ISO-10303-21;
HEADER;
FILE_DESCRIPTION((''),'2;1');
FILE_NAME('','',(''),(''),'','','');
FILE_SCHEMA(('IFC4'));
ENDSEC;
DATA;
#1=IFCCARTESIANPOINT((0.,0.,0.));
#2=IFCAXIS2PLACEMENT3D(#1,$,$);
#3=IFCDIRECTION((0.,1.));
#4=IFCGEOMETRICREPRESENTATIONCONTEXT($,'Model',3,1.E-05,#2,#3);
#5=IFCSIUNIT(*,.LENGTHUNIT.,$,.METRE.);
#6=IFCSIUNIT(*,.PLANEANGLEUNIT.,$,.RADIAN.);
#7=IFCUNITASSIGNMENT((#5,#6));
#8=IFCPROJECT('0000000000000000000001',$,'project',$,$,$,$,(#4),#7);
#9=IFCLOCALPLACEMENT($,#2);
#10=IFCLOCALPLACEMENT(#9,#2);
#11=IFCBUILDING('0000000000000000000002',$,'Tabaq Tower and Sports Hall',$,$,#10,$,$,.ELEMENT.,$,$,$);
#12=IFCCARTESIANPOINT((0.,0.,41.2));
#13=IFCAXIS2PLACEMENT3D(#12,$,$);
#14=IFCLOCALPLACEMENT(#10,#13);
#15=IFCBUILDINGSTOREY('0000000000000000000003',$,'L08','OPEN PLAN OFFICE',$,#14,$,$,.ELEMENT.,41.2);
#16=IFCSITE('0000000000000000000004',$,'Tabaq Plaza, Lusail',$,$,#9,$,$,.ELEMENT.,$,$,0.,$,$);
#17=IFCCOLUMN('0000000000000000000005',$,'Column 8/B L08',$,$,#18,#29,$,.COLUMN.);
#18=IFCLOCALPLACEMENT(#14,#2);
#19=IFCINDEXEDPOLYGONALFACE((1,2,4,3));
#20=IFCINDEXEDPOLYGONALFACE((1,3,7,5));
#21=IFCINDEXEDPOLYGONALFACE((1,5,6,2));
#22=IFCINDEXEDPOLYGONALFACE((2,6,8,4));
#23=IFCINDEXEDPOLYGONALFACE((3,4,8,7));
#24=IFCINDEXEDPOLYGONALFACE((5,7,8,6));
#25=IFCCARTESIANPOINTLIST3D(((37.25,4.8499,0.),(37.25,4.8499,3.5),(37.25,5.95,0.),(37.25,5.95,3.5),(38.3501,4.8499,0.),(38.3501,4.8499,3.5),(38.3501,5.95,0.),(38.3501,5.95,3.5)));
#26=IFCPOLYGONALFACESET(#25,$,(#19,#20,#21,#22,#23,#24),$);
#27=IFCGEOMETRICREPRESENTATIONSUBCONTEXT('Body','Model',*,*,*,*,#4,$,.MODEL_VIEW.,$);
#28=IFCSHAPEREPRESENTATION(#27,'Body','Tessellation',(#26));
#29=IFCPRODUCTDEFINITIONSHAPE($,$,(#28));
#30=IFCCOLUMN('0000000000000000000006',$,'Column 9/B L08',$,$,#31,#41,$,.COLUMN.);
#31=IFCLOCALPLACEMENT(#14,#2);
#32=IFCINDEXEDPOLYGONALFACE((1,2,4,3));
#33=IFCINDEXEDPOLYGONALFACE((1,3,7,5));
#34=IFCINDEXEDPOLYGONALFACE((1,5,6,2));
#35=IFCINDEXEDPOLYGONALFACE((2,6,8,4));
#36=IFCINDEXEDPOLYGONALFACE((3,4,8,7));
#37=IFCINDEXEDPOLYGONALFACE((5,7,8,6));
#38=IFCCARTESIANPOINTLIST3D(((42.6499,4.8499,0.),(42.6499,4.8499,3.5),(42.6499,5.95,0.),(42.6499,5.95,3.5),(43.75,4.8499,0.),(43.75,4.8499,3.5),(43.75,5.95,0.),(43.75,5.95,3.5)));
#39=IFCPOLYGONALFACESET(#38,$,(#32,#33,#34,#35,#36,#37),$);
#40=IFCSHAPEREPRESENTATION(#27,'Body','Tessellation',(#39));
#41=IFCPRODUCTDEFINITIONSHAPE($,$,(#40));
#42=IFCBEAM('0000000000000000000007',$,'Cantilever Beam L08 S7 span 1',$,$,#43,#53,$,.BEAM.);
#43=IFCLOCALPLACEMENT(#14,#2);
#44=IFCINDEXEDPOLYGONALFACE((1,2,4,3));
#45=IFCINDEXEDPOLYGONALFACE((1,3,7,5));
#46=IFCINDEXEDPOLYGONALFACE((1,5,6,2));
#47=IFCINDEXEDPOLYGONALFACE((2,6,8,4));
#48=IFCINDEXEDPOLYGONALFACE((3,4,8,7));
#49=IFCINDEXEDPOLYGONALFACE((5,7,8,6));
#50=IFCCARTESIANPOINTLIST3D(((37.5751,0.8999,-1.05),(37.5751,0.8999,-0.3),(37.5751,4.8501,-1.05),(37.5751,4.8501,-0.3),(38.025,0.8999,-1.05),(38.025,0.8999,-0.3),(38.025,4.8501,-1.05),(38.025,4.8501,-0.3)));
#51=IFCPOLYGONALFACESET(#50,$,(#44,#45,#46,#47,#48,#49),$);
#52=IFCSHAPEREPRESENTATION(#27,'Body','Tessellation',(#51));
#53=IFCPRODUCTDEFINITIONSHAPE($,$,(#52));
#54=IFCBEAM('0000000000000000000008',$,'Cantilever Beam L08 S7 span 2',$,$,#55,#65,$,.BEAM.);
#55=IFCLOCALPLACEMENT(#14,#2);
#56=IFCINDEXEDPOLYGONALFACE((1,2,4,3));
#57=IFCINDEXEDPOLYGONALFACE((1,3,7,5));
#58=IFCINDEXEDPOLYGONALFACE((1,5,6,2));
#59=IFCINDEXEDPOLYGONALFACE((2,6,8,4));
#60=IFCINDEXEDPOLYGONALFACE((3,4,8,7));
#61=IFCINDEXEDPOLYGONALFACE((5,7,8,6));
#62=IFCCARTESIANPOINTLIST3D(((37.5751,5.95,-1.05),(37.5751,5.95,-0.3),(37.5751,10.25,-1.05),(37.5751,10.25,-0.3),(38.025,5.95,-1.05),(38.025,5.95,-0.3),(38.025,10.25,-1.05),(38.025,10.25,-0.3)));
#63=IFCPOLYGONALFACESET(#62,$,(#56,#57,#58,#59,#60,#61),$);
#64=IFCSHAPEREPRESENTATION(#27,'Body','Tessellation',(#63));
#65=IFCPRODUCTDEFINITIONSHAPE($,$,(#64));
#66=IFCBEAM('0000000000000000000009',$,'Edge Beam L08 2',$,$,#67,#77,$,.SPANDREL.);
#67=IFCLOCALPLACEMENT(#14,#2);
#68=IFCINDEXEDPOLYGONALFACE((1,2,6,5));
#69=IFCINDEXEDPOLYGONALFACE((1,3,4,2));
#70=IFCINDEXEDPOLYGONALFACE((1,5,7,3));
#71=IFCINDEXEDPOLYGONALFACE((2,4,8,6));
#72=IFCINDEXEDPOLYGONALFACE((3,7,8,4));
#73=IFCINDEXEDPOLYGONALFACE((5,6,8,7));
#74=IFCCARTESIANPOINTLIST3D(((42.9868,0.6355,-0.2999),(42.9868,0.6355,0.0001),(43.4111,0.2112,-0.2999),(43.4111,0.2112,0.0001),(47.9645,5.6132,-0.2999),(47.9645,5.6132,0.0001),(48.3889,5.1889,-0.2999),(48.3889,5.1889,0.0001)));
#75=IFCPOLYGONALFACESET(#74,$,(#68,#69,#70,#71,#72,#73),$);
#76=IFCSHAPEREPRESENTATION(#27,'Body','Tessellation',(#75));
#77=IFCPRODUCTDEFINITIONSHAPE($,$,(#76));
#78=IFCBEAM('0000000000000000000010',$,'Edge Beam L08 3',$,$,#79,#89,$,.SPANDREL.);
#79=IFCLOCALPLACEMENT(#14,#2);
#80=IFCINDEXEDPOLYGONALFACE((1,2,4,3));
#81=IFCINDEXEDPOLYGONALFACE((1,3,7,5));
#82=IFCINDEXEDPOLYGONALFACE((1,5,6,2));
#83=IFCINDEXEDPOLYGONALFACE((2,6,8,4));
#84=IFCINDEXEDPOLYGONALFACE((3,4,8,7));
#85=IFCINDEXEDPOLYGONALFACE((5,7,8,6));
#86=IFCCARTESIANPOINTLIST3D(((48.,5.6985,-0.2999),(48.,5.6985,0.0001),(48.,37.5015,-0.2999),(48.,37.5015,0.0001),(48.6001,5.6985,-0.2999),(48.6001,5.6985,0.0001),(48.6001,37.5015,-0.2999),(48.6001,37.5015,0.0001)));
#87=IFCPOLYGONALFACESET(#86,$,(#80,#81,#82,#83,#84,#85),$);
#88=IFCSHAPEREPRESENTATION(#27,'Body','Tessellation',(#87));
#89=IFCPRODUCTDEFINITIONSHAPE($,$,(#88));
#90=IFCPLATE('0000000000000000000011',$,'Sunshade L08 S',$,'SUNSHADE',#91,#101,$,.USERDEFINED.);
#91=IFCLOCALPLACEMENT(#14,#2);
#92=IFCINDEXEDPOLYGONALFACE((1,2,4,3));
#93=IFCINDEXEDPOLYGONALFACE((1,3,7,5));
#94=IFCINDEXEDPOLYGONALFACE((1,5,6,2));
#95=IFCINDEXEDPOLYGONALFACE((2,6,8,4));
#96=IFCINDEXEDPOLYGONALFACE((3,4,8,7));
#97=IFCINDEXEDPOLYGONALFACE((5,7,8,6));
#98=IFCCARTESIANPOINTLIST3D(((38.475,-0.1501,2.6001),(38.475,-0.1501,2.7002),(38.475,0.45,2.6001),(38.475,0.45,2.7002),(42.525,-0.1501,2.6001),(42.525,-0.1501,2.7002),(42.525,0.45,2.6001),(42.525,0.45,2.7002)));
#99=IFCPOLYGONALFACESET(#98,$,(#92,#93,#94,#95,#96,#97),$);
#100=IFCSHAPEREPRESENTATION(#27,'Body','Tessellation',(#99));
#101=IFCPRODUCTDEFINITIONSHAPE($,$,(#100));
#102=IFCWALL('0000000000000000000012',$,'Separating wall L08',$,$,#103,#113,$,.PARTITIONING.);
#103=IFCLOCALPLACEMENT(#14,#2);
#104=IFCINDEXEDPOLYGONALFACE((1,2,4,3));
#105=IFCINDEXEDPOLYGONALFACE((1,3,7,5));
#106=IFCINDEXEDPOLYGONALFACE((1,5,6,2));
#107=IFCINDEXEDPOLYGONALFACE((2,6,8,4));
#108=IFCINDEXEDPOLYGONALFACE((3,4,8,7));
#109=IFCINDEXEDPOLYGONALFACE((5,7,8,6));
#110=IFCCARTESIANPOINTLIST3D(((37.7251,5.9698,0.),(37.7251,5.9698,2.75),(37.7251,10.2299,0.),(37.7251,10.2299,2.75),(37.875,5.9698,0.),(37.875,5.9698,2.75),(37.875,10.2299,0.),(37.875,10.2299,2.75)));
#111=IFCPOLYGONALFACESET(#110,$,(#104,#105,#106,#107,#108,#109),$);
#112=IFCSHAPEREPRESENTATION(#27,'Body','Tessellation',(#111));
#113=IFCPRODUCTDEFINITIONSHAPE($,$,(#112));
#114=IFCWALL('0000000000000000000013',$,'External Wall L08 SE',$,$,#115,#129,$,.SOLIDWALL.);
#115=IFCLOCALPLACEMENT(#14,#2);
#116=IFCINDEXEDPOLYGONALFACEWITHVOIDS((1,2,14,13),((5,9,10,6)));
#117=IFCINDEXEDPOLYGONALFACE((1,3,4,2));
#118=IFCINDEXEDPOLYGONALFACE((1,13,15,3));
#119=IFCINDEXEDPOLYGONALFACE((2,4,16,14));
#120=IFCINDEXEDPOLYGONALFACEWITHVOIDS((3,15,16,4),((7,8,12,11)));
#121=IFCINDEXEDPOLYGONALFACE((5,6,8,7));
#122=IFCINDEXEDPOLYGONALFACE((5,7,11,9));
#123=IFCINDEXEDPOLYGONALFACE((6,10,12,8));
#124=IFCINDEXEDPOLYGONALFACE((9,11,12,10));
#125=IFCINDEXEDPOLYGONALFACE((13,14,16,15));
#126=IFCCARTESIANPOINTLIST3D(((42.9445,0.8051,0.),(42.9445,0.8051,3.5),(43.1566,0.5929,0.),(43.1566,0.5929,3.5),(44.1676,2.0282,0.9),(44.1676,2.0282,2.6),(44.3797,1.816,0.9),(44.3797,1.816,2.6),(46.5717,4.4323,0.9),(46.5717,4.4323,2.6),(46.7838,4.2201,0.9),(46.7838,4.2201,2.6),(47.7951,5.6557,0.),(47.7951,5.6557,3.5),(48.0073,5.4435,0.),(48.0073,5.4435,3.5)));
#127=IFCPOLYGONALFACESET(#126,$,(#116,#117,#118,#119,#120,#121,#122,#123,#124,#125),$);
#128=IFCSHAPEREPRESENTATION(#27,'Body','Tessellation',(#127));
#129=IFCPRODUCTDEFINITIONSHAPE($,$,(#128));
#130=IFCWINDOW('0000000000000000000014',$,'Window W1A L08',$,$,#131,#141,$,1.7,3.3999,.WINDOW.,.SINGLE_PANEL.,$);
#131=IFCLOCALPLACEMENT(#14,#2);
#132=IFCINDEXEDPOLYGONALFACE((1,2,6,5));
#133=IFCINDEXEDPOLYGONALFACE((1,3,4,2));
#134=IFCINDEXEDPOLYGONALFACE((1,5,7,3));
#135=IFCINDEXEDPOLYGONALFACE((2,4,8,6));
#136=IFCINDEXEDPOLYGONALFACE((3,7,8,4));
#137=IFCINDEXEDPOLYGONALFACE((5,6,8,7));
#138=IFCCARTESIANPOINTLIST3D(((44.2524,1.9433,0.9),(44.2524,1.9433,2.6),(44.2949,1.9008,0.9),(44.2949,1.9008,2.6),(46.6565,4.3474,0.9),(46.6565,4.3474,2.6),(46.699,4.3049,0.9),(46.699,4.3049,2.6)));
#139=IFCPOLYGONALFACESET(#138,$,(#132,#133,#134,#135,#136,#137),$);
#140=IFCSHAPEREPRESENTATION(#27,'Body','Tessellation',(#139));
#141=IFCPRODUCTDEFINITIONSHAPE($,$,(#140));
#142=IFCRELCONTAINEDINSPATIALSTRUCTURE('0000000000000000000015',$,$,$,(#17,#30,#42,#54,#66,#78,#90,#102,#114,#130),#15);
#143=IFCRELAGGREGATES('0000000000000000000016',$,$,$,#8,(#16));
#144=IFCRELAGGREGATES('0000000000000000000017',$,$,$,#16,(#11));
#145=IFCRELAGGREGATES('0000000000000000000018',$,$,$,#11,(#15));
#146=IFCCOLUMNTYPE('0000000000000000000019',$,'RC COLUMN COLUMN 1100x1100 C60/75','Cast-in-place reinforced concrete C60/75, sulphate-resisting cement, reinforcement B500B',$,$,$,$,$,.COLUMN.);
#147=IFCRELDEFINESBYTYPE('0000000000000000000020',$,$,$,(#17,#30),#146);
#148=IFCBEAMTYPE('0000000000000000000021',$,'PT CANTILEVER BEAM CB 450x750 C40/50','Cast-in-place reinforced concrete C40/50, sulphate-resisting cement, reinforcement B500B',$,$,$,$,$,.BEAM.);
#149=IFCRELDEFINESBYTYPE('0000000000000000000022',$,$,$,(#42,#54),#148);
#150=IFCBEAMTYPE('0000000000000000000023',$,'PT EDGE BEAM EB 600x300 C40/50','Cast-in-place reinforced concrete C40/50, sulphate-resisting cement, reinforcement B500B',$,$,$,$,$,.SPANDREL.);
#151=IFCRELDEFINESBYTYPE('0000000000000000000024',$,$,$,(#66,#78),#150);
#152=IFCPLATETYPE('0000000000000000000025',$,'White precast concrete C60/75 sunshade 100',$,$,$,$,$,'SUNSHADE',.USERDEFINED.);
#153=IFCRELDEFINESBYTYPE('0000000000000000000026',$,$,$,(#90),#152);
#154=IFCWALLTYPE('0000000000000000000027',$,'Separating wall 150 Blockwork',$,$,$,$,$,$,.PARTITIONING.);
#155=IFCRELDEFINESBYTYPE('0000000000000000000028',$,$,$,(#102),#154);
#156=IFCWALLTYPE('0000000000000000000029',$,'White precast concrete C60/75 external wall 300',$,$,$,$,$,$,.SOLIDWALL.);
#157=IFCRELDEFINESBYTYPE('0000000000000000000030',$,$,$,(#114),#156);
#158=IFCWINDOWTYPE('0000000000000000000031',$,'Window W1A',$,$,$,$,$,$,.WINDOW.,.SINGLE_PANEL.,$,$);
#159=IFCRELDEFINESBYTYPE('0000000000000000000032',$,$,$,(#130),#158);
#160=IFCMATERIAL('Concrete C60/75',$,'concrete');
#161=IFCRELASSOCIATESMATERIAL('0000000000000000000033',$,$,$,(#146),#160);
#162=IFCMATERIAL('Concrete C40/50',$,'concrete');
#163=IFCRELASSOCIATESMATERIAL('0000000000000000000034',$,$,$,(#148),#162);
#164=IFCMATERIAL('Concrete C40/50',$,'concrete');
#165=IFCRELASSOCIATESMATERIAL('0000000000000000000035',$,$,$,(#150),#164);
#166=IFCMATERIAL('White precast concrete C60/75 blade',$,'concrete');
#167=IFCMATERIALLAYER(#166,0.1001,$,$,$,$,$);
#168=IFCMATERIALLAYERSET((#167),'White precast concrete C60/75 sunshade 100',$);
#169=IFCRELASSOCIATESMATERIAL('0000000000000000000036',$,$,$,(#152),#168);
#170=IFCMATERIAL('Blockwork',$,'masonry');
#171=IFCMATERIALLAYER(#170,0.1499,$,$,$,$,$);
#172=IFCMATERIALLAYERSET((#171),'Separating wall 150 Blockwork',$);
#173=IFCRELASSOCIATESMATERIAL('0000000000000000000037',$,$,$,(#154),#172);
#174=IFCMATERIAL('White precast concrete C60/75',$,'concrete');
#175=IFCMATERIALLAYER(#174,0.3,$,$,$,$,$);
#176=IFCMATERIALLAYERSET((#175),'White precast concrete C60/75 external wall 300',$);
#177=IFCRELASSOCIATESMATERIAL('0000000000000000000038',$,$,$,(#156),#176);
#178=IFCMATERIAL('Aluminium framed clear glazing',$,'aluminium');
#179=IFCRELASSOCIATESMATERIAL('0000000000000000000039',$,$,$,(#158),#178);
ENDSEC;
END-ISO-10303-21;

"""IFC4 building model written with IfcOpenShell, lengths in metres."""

from ifc_helpers import new_model, si_unit, direction, frame, frame_2d, origin, origin_2d, place, context, subcontext, project, spatial, rectangle, extrude, material, layer, layer_set, material_profile, profile_set, type_object, element, fill, save


model = new_model("IFC4")

# Units and contexts
model_context = context("Model", 3, precision=1e-05, world=origin(), true_north=direction((0.0, 1.0)))
body_context = subcontext(model_context, "Body", "Model", "MODEL_VIEW")
ifc_project = project(units=[si_unit("LENGTHUNIT", "METRE"), si_unit("PLANEANGLEUNIT", "RADIAN")], contexts=[model_context])

# Site, building, storey
site_placement = place(None, origin())
site = spatial("IfcSite", under=ifc_project, at=site_placement, Name="Tabaq Plaza, Lusail", CompositionType="ELEMENT", RefElevation=0.0)
building_placement = place(site_placement, origin())
building = spatial("IfcBuilding", under=site, at=building_placement, Name="Tabaq Tower and Sports Hall", CompositionType="ELEMENT")
storey_placement = place(building_placement, frame((0.0, 0.0, 41.2)))
storey = spatial("IfcBuildingStorey", under=building, at=storey_placement, Name="L08", Description="OPEN PLAN OFFICE", CompositionType="ELEMENT", Elevation=41.2)

# Columns
ifc_material_1 = material(Name="Concrete C60/75", Category="concrete")
ifc_material_profile_1 = material_profile(ifc_material_1, rectangle(XDim=1.1001, YDim=1.1001, at=origin_2d()), Name="COLUMN 1100x1100")
ifc_profile_set_1 = profile_set([ifc_material_profile_1], Name="Concrete C60/75")
column_type = type_object("IfcColumnType", Name="RC COLUMN COLUMN 1100x1100 C60/75", Description="Cast-in-place reinforced concrete C60/75, sulphate-resisting cement, reinforcement B500B", PredefinedType="COLUMN", material=ifc_profile_set_1)
for number, where, z_axis, x_axis, name in (
    (1, (37.8, 5.3999, 0.0), (0.0, 0.0, 1.0), (1.0, 0.0, 0.0), "Column 8/B L08"),
    (2, (43.2, 5.3999, 0.0), (0.0, 0.0, 1.0), (1.0, 0.0, 0.0), "Column 9/B L08"),
):
    element("IfcColumn", number, at=place(storey_placement, frame(where, z_axis=z_axis, x_axis=x_axis)), inside=storey, type_object=column_type, Name=name, PredefinedType="COLUMN", context=body_context, shape_type="SweptSolid", body=[
        extrude(rectangle(XDim=1.1001, YDim=1.1001, at=origin_2d()), origin(), (0.0, 0.0, 1.0), 3.5),
    ])

# Beams
ifc_material_2 = material(Name="Concrete C40/50", Category="concrete")
ifc_material_profile_2 = material_profile(ifc_material_2, rectangle(XDim=0.45, YDim=0.75, at=origin_2d()), Name="CB 450x750")
ifc_profile_set_2 = profile_set([ifc_material_profile_2], Name="Concrete C40/50")
beam_type_1 = type_object("IfcBeamType", Name="PT CANTILEVER BEAM CB 450x750 C40/50", Description="Cast-in-place reinforced concrete C40/50, sulphate-resisting cement, reinforcement B500B", PredefinedType="BEAM", material=ifc_profile_set_2)
beam_1_placement = place(storey_placement, frame((37.8, 0.8999, -0.675), z_axis=(0.0, 1.0, 0.0), x_axis=(-1.0, 0.0, 0.0)))
element("IfcBeam", 3, at=beam_1_placement, inside=storey, type_object=beam_type_1, Name="Cantilever Beam L08 S7 span 1", PredefinedType="BEAM", context=body_context, shape_type="SweptSolid", body=[
    extrude(rectangle(XDim=0.45, YDim=0.75, at=origin_2d()), origin(), (0.0, 0.0, 1.0), 3.9502),
])
beam_2_placement = place(storey_placement, frame((37.8, 5.95, -0.675), z_axis=(0.0, 1.0, 0.0), x_axis=(-1.0, 0.0, 0.0)))
element("IfcBeam", 4, at=beam_2_placement, inside=storey, type_object=beam_type_1, Name="Cantilever Beam L08 S7 span 2", PredefinedType="BEAM", context=body_context, shape_type="SweptSolid", body=[
    extrude(rectangle(XDim=0.45, YDim=0.75, at=origin_2d()), origin(), (0.0, 0.0, 1.0), 4.3),
])
ifc_material_3 = material(Name="Concrete C40/50", Category="concrete")
ifc_material_profile_3 = material_profile(ifc_material_3, rectangle(XDim=0.6001, YDim=0.3, at=origin_2d()), Name="EB 600x300")
ifc_profile_set_3 = profile_set([ifc_material_profile_3], Name="Concrete C40/50")
beam_type_2 = type_object("IfcBeamType", Name="PT EDGE BEAM EB 600x300 C40/50", Description="Cast-in-place reinforced concrete C40/50, sulphate-resisting cement, reinforcement B500B", PredefinedType="SPANDREL", material=ifc_profile_set_3)
beam_3_placement = place(storey_placement, frame((43.199, 0.4233, -0.1499), z_axis=(0.707107, 0.707107, 0.0), x_axis=(-0.707107, 0.707107, 0.0)))
element("IfcBeam", 5, at=beam_3_placement, inside=storey, type_object=beam_type_2, Name="Edge Beam L08 2", PredefinedType="SPANDREL", context=body_context, shape_type="SweptSolid", body=[
    extrude(rectangle(XDim=0.6001, YDim=0.3, at=origin_2d()), origin(), (0.0, 0.0, 1.0), 7.0396),
])
beam_4_placement = place(storey_placement, frame((48.3, 5.6985, -0.1499), z_axis=(0.0, 1.0, 0.0), x_axis=(-1.0, 0.0, 0.0)))
element("IfcBeam", 6, at=beam_4_placement, inside=storey, type_object=beam_type_2, Name="Edge Beam L08 3", PredefinedType="SPANDREL", context=body_context, shape_type="SweptSolid", body=[
    extrude(rectangle(XDim=0.6001, YDim=0.3, at=origin_2d()), origin(), (0.0, 0.0, 1.0), 31.803),
])

# Plate
ifc_material_4 = material(Name="White precast concrete C60/75 blade", Category="concrete")
ifc_layer_1 = layer(ifc_material_4, 0.1001)
ifc_layer_set_1 = layer_set([ifc_layer_1], Name="White precast concrete C60/75 sunshade 100")
plate_type = type_object("IfcPlateType", Name="White precast concrete C60/75 sunshade 100", ElementType="SUNSHADE", PredefinedType="USERDEFINED", material=ifc_layer_set_1)
plate_placement = place(storey_placement, frame((40.5, 0.1499, 2.6001), z_axis=(0.0, 0.0, 1.0), x_axis=(1.0, 0.0, 0.0)))
element("IfcPlate", 7, at=plate_placement, inside=storey, type_object=plate_type, Name="Sunshade L08 S", ObjectType="SUNSHADE", PredefinedType="USERDEFINED", context=body_context, shape_type="SweptSolid", body=[
    extrude(rectangle(XDim=4.05, YDim=0.6001, at=origin_2d()), origin(), (0.0, 0.0, 1.0), 0.1001),
])

# Wall
ifc_material_5 = material(Name="Blockwork", Category="masonry")
ifc_layer_2 = layer(ifc_material_5, 0.1499)
ifc_layer_set_2 = layer_set([ifc_layer_2], Name="Separating wall 150 Blockwork")
wall_type_1 = type_object("IfcWallType", Name="Separating wall 150 Blockwork", PredefinedType="PARTITIONING", material=ifc_layer_set_2)
wall_1_placement = place(storey_placement, frame((37.8, 5.97, 0.0), z_axis=(0.0, 0.0, 1.0), x_axis=(0.0, 1.0, 0.0)))
element("IfcWall", 8, at=wall_1_placement, inside=storey, type_object=wall_type_1, Name="Separating wall L08", PredefinedType="PARTITIONING", context=body_context, shape_type="SweptSolid", body=[
    extrude(rectangle(XDim=4.26, YDim=0.1499, at=frame_2d((2.1299, 0.0))), origin(), (0.0, 0.0, 1.0), 2.75),
])

# Wall, opening, window
ifc_material_6 = material(Name="White precast concrete C60/75", Category="concrete")
ifc_layer_3 = layer(ifc_material_6, 0.3)
ifc_layer_set_3 = layer_set([ifc_layer_3], Name="White precast concrete C60/75 external wall 300")
wall_type_2 = type_object("IfcWallType", Name="White precast concrete C60/75 external wall 300", PredefinedType="SOLIDWALL", material=ifc_layer_set_3)
wall_2_placement = place(storey_placement, frame((43.0505, 0.699, 0.0), z_axis=(0.0, 0.0, 1.0), x_axis=(0.707107, 0.707107, 0.0)))
wall_2 = element("IfcWall", 9, at=wall_2_placement, inside=storey, type_object=wall_type_2, Name="External Wall L08 SE", PredefinedType="SOLIDWALL", context=body_context, shape_type="SweptSolid", body=[
    extrude(rectangle(XDim=6.8599, YDim=0.3, at=frame_2d((3.4299, 0.0))), origin(), (0.0, 0.0, 1.0), 3.5),
])
opening_1_placement = place(wall_2_placement, frame((1.7297, 0.0, 0.8999)))
opening_1 = element("IfcOpeningElement", 10, at=opening_1_placement, cuts=wall_2, PredefinedType="OPENING", context=body_context, shape_type="SweptSolid", body=[
    extrude(rectangle(XDim=3.3999, YDim=1.7, at=frame_2d((1.7, 0.8501))), frame((0.0, 0.1602, 0.0), z_axis=(0.0, -1.0, 0.0), x_axis=(1.0, 0.0, 0.0)), (0.0, 0.0, 1.0), 0.3201),
])
ifc_material_7 = material(Name="Aluminium framed clear glazing", Category="aluminium")
window_type = type_object("IfcWindowType", Name="Window W1A", PartitioningType="SINGLE_PANEL", PredefinedType="WINDOW", material=ifc_material_7)
window_1_placement = place(opening_1_placement, origin())
window_1 = element("IfcWindow", 11, at=window_1_placement, inside=storey, type_object=window_type, Name="Window W1A L08", OverallHeight=1.7, OverallWidth=3.3999, PartitioningType="SINGLE_PANEL", PredefinedType="WINDOW", context=body_context, shape_type="SweptSolid", body=[
    extrude(rectangle(XDim=3.3999, YDim=1.7, at=frame_2d((1.7, 0.8501))), frame((0.0, 0.03, 0.0), z_axis=(0.0, -1.0, 0.0), x_axis=(1.0, 0.0, 0.0)), (0.0, 0.0, 1.0), 0.0601),
])
fill(opening_1, window_1)

save(model, "model.ifc")
